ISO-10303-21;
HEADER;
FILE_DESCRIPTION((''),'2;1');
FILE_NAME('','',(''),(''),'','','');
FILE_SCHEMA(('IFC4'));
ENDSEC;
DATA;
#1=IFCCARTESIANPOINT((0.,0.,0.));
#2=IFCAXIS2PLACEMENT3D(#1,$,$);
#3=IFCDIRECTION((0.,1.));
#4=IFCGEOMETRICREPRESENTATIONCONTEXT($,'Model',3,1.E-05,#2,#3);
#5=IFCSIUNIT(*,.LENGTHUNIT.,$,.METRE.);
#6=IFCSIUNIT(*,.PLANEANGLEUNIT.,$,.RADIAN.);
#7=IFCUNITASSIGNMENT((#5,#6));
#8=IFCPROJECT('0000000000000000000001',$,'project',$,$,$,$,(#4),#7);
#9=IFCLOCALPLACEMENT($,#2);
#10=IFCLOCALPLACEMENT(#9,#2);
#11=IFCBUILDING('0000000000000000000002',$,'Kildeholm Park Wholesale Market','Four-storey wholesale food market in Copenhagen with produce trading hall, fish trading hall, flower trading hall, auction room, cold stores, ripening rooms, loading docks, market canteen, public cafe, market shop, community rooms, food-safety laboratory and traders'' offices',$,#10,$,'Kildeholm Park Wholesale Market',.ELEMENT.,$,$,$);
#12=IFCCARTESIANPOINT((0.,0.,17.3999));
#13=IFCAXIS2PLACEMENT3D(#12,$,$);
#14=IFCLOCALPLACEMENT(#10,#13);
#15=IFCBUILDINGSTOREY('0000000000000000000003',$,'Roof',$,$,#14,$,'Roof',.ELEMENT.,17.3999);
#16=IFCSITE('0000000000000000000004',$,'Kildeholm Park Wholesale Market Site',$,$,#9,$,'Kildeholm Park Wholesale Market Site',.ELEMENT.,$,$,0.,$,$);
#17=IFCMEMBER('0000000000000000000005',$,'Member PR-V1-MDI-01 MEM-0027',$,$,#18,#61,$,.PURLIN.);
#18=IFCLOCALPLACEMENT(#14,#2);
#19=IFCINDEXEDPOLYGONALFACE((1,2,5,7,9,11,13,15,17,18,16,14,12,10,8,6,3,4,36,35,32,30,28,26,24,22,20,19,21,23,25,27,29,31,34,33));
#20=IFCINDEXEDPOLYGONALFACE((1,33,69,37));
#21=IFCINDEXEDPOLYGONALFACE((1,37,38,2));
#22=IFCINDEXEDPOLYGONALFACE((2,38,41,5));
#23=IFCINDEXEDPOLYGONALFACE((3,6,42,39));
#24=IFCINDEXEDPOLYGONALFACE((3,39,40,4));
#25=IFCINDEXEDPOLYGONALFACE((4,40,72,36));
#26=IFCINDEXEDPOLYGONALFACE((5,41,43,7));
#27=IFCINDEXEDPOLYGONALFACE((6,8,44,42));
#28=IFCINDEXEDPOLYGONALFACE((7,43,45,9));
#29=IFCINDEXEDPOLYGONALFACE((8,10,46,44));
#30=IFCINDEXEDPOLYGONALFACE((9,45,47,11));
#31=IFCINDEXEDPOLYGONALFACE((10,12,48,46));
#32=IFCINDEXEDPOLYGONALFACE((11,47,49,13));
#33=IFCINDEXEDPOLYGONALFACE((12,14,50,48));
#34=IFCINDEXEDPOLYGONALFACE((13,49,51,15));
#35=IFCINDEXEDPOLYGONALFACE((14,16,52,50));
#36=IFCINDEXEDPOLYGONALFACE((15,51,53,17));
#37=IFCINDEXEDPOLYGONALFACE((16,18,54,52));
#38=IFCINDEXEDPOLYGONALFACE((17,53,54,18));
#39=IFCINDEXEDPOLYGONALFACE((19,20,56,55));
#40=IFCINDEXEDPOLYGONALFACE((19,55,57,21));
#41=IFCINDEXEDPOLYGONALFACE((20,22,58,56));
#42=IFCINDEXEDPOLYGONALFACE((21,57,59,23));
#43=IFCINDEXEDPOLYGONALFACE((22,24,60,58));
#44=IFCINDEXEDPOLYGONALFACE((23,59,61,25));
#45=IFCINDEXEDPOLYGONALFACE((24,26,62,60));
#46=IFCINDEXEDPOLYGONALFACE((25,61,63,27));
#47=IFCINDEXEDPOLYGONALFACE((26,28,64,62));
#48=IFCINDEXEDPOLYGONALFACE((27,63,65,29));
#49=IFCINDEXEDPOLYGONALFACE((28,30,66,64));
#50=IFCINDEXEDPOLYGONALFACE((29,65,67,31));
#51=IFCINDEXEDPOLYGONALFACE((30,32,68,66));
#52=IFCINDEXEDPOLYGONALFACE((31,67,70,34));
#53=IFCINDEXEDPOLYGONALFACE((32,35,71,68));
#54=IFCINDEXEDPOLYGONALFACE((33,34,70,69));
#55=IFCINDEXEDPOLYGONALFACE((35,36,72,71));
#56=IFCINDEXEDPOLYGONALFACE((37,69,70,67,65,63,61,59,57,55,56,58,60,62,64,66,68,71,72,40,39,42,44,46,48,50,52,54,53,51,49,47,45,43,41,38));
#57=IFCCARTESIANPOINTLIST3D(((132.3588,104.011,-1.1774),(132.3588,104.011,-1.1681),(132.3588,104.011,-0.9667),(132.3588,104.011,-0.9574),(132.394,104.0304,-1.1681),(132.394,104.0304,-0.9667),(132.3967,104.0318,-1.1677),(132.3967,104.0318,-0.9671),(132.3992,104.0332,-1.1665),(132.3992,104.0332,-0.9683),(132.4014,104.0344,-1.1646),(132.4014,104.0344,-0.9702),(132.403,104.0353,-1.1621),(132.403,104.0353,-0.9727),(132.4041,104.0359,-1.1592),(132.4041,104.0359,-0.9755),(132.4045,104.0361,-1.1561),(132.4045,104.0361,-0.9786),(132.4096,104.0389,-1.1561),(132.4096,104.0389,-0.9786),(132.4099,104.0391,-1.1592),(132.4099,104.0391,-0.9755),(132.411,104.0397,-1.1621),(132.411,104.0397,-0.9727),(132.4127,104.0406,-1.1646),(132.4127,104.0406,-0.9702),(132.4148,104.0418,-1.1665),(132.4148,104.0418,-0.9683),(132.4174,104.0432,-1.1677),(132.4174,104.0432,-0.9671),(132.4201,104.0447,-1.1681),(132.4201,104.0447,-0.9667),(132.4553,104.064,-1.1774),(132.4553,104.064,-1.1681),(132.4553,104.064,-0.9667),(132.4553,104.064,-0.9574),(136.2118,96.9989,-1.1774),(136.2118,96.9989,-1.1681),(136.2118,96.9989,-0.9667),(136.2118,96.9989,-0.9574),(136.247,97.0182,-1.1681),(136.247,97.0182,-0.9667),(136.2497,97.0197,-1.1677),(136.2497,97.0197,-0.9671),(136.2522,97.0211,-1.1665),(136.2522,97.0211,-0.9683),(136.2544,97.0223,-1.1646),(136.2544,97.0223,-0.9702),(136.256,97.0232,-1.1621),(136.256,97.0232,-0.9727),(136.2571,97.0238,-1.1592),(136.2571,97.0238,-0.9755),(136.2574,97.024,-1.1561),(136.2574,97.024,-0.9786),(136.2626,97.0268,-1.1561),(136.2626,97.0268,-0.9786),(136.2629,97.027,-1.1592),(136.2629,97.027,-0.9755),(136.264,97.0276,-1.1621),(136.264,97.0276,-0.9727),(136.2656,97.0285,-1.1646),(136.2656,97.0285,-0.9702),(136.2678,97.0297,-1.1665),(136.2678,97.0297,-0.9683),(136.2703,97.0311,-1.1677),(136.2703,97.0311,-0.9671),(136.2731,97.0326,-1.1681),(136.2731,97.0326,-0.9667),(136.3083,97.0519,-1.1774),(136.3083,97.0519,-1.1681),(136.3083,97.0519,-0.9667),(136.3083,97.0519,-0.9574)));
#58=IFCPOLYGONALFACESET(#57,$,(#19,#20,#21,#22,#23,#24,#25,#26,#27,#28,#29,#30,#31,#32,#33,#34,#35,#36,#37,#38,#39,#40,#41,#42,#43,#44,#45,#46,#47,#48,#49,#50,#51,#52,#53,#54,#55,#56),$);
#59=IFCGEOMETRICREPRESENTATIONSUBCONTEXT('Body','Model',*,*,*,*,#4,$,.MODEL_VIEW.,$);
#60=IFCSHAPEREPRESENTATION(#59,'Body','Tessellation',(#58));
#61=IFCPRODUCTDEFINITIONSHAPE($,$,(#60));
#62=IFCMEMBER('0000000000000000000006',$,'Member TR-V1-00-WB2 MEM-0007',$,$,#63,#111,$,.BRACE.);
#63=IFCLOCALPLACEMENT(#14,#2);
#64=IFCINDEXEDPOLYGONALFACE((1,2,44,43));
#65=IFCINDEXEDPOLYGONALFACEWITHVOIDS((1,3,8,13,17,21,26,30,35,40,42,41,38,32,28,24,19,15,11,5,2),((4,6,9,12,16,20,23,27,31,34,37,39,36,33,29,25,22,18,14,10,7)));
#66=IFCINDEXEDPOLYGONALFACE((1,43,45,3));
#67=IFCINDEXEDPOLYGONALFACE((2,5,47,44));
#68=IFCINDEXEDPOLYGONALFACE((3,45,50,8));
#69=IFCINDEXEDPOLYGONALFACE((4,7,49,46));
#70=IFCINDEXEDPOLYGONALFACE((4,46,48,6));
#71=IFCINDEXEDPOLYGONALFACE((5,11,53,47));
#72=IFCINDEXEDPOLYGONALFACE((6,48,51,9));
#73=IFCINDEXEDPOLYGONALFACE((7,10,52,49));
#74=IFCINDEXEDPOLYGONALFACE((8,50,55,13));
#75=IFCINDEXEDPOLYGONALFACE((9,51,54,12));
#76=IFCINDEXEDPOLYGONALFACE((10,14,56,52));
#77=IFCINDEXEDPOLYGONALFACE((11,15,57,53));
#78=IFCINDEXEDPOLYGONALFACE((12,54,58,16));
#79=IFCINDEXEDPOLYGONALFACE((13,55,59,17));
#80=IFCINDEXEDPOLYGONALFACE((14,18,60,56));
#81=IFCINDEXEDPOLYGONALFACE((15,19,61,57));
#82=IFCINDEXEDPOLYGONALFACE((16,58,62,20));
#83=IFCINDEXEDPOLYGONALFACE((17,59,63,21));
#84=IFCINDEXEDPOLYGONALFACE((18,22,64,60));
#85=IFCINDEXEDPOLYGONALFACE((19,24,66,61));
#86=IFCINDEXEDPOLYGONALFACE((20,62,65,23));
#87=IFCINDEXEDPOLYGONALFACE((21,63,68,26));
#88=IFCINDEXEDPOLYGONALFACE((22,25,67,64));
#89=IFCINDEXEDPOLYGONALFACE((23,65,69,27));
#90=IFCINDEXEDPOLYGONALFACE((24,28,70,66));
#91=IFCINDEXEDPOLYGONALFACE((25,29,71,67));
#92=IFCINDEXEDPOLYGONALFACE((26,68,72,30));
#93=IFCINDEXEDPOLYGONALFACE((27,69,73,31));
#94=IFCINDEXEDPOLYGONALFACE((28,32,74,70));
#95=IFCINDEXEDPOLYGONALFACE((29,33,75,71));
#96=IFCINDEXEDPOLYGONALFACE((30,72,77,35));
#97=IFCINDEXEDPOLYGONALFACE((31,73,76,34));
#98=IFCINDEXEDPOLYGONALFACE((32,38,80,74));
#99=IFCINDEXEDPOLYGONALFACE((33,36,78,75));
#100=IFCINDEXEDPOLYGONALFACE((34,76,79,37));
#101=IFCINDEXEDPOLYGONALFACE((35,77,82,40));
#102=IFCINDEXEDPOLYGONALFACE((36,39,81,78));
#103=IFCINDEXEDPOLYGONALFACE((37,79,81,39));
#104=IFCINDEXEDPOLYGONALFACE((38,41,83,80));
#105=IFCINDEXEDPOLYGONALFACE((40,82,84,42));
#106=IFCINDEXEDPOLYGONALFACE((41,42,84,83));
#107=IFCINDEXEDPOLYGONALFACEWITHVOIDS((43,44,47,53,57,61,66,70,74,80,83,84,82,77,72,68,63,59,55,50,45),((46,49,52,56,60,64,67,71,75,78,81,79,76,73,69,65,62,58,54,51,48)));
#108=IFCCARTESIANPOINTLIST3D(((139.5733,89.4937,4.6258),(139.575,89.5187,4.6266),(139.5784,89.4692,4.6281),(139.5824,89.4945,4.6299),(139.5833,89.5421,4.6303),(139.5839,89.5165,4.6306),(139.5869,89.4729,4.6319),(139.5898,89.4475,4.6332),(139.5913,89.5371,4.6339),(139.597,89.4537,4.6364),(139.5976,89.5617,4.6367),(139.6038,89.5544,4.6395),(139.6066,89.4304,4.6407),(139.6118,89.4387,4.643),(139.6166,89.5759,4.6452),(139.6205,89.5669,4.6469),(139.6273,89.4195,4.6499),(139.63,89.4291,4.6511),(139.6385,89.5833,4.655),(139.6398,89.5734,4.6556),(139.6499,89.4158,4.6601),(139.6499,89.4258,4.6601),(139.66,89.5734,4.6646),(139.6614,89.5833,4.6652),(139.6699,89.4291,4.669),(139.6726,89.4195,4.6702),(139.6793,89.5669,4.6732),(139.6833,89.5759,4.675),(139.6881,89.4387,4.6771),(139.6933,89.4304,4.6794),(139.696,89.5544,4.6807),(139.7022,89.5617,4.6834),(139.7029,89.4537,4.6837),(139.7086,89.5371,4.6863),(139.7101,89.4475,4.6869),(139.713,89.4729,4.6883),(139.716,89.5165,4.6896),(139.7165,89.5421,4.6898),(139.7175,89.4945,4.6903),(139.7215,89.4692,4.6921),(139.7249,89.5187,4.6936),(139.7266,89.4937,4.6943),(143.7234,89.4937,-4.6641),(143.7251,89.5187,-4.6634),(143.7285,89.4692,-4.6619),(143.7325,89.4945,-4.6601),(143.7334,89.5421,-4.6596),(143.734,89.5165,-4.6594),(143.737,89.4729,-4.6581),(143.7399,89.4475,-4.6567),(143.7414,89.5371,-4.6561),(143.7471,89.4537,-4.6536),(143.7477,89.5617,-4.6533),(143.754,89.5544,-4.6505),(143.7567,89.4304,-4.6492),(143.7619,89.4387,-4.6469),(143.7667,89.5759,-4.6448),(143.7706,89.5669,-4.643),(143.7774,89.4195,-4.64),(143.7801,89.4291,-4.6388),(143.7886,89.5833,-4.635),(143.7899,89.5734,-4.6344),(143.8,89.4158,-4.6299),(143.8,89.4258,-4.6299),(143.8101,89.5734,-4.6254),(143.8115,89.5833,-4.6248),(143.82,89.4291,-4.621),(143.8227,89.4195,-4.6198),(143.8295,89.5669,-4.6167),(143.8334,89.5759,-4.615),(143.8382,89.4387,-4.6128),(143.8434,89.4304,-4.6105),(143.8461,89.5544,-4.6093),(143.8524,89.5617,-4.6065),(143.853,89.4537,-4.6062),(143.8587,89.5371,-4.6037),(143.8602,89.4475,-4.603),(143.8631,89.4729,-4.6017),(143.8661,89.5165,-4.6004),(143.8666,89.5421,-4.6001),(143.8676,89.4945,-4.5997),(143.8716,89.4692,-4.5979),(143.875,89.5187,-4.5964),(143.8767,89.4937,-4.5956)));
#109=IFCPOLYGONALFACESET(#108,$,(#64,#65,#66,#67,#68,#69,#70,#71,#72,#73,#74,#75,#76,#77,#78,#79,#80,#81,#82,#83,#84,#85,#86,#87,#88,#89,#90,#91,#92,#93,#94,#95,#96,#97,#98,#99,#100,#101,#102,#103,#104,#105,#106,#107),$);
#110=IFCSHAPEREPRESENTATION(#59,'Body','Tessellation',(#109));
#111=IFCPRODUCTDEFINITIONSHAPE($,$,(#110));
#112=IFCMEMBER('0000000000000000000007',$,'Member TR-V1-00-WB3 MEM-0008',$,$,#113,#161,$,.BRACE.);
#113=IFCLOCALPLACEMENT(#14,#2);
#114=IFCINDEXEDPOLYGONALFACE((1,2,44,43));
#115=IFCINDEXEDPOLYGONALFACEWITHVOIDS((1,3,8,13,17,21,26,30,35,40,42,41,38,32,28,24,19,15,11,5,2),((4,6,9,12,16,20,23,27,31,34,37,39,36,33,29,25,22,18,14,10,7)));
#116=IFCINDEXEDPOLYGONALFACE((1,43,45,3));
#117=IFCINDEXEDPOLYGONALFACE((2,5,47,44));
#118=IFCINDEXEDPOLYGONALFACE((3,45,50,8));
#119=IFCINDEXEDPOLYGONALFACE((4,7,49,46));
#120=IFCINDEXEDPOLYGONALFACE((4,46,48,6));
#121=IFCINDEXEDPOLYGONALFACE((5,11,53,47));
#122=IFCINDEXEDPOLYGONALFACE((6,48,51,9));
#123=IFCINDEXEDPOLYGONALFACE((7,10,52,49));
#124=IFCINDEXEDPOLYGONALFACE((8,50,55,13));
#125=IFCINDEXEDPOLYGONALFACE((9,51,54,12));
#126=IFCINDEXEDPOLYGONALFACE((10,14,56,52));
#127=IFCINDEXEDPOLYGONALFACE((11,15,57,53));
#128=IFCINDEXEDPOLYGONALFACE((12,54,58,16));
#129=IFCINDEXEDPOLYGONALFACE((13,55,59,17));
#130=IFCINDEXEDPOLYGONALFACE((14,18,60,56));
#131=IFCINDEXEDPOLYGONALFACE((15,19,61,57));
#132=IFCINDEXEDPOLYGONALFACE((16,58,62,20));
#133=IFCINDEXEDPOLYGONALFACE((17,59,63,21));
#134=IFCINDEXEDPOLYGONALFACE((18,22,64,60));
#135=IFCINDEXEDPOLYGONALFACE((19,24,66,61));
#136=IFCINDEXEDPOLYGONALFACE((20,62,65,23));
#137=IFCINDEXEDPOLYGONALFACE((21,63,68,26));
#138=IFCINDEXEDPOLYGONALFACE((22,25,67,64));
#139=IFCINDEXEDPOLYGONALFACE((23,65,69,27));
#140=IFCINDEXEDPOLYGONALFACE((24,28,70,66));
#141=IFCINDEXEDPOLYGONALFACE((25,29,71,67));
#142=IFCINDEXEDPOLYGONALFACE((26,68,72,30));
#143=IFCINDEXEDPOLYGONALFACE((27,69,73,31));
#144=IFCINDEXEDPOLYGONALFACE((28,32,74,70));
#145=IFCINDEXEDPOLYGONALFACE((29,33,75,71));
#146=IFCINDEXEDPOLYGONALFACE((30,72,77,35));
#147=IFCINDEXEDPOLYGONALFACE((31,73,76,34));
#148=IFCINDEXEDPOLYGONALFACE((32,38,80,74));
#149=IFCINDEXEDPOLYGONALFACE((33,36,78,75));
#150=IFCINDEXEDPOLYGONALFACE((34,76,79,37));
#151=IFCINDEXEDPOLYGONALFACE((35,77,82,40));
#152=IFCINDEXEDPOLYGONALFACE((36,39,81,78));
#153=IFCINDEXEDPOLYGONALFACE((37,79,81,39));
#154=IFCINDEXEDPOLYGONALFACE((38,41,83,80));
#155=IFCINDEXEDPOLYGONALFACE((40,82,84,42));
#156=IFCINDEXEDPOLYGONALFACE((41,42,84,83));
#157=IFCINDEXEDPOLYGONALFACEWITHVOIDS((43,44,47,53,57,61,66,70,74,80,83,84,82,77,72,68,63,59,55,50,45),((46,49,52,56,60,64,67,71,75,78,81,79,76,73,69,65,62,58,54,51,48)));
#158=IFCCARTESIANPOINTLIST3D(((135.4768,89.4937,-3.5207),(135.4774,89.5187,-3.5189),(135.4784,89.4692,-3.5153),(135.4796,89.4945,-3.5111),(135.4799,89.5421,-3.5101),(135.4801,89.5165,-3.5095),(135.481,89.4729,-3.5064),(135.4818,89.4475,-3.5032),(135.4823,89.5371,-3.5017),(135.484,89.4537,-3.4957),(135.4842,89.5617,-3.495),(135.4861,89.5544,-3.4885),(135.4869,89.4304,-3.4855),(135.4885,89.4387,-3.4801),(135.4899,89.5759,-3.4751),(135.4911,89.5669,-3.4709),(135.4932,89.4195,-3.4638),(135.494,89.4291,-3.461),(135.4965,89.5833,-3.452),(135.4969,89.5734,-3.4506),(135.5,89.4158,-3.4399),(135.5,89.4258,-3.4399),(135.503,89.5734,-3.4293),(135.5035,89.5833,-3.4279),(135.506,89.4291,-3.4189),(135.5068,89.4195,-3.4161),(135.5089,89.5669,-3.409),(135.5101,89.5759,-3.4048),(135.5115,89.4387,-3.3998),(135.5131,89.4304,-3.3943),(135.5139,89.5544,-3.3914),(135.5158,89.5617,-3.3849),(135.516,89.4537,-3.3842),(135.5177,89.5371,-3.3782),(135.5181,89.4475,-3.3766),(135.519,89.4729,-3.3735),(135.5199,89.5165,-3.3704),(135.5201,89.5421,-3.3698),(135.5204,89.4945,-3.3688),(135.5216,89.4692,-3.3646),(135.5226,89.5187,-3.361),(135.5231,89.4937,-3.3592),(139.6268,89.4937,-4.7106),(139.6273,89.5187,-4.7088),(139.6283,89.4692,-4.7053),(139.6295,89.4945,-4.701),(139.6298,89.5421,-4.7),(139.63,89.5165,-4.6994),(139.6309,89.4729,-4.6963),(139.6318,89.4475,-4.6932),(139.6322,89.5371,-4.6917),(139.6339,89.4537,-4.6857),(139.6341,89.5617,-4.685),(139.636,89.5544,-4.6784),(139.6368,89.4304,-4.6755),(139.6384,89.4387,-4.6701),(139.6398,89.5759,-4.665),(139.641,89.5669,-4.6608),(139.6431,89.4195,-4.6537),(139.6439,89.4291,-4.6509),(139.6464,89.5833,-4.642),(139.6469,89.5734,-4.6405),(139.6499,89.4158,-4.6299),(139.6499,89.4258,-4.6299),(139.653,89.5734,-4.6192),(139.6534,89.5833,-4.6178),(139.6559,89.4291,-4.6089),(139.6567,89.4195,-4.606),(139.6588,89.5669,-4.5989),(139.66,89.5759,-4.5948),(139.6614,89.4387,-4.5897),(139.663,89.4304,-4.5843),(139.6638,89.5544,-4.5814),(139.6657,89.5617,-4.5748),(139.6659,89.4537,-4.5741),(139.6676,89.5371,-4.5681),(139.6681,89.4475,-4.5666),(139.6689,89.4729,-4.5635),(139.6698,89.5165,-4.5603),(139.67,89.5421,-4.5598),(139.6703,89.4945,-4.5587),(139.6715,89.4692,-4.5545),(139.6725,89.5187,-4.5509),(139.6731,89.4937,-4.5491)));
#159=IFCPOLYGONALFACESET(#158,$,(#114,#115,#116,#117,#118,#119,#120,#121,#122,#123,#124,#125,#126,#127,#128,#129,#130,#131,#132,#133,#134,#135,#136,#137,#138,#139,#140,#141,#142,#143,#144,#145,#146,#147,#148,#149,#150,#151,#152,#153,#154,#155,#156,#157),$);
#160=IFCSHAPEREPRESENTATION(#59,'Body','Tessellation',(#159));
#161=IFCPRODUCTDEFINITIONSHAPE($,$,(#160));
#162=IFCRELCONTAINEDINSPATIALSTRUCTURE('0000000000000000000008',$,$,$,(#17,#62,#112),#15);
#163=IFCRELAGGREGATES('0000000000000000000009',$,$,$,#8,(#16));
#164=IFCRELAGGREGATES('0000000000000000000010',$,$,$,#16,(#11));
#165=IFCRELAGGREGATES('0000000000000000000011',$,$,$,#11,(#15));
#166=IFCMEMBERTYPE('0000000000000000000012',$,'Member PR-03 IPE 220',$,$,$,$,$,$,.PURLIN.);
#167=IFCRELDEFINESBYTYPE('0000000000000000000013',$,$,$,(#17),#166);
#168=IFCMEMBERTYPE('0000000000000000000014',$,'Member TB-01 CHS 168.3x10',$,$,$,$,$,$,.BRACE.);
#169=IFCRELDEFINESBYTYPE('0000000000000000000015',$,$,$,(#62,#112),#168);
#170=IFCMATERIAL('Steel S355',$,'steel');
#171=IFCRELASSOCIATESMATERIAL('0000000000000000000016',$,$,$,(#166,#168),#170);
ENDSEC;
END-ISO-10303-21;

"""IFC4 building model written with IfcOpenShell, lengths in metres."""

from ifc_helpers import new_model, si_unit, direction, frame, origin, origin_2d, place, context, subcontext, project, spatial, hollow_circle, i_section, extrude, material, material_profile, profile_set, type_object, element, save


model = new_model("IFC4")

# Units and contexts
model_context = context("Model", 3, precision=1e-05, world=origin(), true_north=direction((0.0, 1.0)))
body_context = subcontext(model_context, "Body", "Model", "MODEL_VIEW")
ifc_project = project(units=[si_unit("LENGTHUNIT", "METRE"), si_unit("PLANEANGLEUNIT", "RADIAN")], contexts=[model_context])

# Site, building, storey
site_placement = place(None, origin())
site = spatial("IfcSite", under=ifc_project, at=site_placement, Name="Kildeholm Park Wholesale Market Site", LongName="Kildeholm Park Wholesale Market Site", CompositionType="ELEMENT", RefElevation=0.0)
building_placement = place(site_placement, origin())
building = spatial("IfcBuilding", under=site, at=building_placement, Name="Kildeholm Park Wholesale Market", Description="Four-storey wholesale food market in Copenhagen with produce trading hall, fish trading hall, flower trading hall, auction room, cold stores, ripening rooms, loading docks, market canteen, public cafe, market shop, community rooms, food-safety laboratory and traders' offices", LongName="Kildeholm Park Wholesale Market", CompositionType="ELEMENT")
storey_placement = place(building_placement, frame((0.0, 0.0, 17.3999)))
storey = spatial("IfcBuildingStorey", under=building, at=storey_placement, Name="Roof", LongName="Roof", CompositionType="ELEMENT", Elevation=17.3999)

# Members
ifc_material_1 = material(Name="Steel S355", Category="steel")
ifc_material_profile_1 = material_profile(ifc_material_1, i_section(OverallWidth=0.1101, OverallDepth=0.22, WebThickness=0.0059, FlangeThickness=0.0093, FilletRadius=0.012, at=origin_2d()), Name="IPE 220")
ifc_profile_set_1 = profile_set([ifc_material_profile_1], Name="Steel S355")
member_type_1 = type_object("IfcMemberType", Name="Member PR-03 IPE 220", PredefinedType="PURLIN", material=ifc_profile_set_1)
member_1_placement = place(storey_placement, frame((136.26, 97.0254, -1.0674), z_axis=(-0.481565, 0.87641, 0.0), x_axis=(-0.87641, -0.481565, 0.0)))
element("IfcMember", 1, at=member_1_placement, inside=storey, type_object=member_type_1, Name="Member PR-V1-MDI-01 MEM-0027", PredefinedType="PURLIN", context=body_context, shape_type="SweptSolid", body=[
    extrude(i_section(OverallWidth=0.1101, OverallDepth=0.22, WebThickness=0.0059, FlangeThickness=0.0093, FilletRadius=0.012, at=origin_2d()), origin(), (0.0, 0.0, 1.0), 8.001),
])
ifc_material_profile_2 = material_profile(ifc_material_1, hollow_circle(Radius=0.0842, WallThickness=0.01, at=origin_2d()), Name="CHS 168.3x10")
ifc_profile_set_2 = profile_set([ifc_material_profile_2], Name="Steel S355")
member_type_2 = type_object("IfcMemberType", Name="Member TB-01 CHS 168.3x10", PredefinedType="BRACE", material=ifc_profile_set_2)
member_2_placement = place(storey_placement, frame((143.8, 89.5, -4.6299), z_axis=(-0.407881, 0.0, 0.913035), x_axis=(0.0, -1.0, 0.0)))
element("IfcMember", 2, at=member_2_placement, inside=storey, type_object=member_type_2, Name="Member TR-V1-00-WB2 MEM-0007", PredefinedType="BRACE", context=body_context, shape_type="SweptSolid", body=[
    extrude(hollow_circle(Radius=0.0842, WallThickness=0.01, at=origin_2d()), origin(), (0.0, 0.0, 1.0), 10.1748),
])
member_3_placement = place(storey_placement, frame((139.6499, 89.5, -4.6299), z_axis=(-0.961263, 0.0, 0.275632), x_axis=(0.0, -1.0, 0.0)))
element("IfcMember", 3, at=member_3_placement, inside=storey, type_object=member_type_2, Name="Member TR-V1-00-WB3 MEM-0008", PredefinedType="BRACE", context=body_context, shape_type="SweptSolid", body=[
    extrude(hollow_circle(Radius=0.0842, WallThickness=0.01, at=origin_2d()), origin(), (0.0, 0.0, 1.0), 4.3171),
])

save(model, "model.ifc")
